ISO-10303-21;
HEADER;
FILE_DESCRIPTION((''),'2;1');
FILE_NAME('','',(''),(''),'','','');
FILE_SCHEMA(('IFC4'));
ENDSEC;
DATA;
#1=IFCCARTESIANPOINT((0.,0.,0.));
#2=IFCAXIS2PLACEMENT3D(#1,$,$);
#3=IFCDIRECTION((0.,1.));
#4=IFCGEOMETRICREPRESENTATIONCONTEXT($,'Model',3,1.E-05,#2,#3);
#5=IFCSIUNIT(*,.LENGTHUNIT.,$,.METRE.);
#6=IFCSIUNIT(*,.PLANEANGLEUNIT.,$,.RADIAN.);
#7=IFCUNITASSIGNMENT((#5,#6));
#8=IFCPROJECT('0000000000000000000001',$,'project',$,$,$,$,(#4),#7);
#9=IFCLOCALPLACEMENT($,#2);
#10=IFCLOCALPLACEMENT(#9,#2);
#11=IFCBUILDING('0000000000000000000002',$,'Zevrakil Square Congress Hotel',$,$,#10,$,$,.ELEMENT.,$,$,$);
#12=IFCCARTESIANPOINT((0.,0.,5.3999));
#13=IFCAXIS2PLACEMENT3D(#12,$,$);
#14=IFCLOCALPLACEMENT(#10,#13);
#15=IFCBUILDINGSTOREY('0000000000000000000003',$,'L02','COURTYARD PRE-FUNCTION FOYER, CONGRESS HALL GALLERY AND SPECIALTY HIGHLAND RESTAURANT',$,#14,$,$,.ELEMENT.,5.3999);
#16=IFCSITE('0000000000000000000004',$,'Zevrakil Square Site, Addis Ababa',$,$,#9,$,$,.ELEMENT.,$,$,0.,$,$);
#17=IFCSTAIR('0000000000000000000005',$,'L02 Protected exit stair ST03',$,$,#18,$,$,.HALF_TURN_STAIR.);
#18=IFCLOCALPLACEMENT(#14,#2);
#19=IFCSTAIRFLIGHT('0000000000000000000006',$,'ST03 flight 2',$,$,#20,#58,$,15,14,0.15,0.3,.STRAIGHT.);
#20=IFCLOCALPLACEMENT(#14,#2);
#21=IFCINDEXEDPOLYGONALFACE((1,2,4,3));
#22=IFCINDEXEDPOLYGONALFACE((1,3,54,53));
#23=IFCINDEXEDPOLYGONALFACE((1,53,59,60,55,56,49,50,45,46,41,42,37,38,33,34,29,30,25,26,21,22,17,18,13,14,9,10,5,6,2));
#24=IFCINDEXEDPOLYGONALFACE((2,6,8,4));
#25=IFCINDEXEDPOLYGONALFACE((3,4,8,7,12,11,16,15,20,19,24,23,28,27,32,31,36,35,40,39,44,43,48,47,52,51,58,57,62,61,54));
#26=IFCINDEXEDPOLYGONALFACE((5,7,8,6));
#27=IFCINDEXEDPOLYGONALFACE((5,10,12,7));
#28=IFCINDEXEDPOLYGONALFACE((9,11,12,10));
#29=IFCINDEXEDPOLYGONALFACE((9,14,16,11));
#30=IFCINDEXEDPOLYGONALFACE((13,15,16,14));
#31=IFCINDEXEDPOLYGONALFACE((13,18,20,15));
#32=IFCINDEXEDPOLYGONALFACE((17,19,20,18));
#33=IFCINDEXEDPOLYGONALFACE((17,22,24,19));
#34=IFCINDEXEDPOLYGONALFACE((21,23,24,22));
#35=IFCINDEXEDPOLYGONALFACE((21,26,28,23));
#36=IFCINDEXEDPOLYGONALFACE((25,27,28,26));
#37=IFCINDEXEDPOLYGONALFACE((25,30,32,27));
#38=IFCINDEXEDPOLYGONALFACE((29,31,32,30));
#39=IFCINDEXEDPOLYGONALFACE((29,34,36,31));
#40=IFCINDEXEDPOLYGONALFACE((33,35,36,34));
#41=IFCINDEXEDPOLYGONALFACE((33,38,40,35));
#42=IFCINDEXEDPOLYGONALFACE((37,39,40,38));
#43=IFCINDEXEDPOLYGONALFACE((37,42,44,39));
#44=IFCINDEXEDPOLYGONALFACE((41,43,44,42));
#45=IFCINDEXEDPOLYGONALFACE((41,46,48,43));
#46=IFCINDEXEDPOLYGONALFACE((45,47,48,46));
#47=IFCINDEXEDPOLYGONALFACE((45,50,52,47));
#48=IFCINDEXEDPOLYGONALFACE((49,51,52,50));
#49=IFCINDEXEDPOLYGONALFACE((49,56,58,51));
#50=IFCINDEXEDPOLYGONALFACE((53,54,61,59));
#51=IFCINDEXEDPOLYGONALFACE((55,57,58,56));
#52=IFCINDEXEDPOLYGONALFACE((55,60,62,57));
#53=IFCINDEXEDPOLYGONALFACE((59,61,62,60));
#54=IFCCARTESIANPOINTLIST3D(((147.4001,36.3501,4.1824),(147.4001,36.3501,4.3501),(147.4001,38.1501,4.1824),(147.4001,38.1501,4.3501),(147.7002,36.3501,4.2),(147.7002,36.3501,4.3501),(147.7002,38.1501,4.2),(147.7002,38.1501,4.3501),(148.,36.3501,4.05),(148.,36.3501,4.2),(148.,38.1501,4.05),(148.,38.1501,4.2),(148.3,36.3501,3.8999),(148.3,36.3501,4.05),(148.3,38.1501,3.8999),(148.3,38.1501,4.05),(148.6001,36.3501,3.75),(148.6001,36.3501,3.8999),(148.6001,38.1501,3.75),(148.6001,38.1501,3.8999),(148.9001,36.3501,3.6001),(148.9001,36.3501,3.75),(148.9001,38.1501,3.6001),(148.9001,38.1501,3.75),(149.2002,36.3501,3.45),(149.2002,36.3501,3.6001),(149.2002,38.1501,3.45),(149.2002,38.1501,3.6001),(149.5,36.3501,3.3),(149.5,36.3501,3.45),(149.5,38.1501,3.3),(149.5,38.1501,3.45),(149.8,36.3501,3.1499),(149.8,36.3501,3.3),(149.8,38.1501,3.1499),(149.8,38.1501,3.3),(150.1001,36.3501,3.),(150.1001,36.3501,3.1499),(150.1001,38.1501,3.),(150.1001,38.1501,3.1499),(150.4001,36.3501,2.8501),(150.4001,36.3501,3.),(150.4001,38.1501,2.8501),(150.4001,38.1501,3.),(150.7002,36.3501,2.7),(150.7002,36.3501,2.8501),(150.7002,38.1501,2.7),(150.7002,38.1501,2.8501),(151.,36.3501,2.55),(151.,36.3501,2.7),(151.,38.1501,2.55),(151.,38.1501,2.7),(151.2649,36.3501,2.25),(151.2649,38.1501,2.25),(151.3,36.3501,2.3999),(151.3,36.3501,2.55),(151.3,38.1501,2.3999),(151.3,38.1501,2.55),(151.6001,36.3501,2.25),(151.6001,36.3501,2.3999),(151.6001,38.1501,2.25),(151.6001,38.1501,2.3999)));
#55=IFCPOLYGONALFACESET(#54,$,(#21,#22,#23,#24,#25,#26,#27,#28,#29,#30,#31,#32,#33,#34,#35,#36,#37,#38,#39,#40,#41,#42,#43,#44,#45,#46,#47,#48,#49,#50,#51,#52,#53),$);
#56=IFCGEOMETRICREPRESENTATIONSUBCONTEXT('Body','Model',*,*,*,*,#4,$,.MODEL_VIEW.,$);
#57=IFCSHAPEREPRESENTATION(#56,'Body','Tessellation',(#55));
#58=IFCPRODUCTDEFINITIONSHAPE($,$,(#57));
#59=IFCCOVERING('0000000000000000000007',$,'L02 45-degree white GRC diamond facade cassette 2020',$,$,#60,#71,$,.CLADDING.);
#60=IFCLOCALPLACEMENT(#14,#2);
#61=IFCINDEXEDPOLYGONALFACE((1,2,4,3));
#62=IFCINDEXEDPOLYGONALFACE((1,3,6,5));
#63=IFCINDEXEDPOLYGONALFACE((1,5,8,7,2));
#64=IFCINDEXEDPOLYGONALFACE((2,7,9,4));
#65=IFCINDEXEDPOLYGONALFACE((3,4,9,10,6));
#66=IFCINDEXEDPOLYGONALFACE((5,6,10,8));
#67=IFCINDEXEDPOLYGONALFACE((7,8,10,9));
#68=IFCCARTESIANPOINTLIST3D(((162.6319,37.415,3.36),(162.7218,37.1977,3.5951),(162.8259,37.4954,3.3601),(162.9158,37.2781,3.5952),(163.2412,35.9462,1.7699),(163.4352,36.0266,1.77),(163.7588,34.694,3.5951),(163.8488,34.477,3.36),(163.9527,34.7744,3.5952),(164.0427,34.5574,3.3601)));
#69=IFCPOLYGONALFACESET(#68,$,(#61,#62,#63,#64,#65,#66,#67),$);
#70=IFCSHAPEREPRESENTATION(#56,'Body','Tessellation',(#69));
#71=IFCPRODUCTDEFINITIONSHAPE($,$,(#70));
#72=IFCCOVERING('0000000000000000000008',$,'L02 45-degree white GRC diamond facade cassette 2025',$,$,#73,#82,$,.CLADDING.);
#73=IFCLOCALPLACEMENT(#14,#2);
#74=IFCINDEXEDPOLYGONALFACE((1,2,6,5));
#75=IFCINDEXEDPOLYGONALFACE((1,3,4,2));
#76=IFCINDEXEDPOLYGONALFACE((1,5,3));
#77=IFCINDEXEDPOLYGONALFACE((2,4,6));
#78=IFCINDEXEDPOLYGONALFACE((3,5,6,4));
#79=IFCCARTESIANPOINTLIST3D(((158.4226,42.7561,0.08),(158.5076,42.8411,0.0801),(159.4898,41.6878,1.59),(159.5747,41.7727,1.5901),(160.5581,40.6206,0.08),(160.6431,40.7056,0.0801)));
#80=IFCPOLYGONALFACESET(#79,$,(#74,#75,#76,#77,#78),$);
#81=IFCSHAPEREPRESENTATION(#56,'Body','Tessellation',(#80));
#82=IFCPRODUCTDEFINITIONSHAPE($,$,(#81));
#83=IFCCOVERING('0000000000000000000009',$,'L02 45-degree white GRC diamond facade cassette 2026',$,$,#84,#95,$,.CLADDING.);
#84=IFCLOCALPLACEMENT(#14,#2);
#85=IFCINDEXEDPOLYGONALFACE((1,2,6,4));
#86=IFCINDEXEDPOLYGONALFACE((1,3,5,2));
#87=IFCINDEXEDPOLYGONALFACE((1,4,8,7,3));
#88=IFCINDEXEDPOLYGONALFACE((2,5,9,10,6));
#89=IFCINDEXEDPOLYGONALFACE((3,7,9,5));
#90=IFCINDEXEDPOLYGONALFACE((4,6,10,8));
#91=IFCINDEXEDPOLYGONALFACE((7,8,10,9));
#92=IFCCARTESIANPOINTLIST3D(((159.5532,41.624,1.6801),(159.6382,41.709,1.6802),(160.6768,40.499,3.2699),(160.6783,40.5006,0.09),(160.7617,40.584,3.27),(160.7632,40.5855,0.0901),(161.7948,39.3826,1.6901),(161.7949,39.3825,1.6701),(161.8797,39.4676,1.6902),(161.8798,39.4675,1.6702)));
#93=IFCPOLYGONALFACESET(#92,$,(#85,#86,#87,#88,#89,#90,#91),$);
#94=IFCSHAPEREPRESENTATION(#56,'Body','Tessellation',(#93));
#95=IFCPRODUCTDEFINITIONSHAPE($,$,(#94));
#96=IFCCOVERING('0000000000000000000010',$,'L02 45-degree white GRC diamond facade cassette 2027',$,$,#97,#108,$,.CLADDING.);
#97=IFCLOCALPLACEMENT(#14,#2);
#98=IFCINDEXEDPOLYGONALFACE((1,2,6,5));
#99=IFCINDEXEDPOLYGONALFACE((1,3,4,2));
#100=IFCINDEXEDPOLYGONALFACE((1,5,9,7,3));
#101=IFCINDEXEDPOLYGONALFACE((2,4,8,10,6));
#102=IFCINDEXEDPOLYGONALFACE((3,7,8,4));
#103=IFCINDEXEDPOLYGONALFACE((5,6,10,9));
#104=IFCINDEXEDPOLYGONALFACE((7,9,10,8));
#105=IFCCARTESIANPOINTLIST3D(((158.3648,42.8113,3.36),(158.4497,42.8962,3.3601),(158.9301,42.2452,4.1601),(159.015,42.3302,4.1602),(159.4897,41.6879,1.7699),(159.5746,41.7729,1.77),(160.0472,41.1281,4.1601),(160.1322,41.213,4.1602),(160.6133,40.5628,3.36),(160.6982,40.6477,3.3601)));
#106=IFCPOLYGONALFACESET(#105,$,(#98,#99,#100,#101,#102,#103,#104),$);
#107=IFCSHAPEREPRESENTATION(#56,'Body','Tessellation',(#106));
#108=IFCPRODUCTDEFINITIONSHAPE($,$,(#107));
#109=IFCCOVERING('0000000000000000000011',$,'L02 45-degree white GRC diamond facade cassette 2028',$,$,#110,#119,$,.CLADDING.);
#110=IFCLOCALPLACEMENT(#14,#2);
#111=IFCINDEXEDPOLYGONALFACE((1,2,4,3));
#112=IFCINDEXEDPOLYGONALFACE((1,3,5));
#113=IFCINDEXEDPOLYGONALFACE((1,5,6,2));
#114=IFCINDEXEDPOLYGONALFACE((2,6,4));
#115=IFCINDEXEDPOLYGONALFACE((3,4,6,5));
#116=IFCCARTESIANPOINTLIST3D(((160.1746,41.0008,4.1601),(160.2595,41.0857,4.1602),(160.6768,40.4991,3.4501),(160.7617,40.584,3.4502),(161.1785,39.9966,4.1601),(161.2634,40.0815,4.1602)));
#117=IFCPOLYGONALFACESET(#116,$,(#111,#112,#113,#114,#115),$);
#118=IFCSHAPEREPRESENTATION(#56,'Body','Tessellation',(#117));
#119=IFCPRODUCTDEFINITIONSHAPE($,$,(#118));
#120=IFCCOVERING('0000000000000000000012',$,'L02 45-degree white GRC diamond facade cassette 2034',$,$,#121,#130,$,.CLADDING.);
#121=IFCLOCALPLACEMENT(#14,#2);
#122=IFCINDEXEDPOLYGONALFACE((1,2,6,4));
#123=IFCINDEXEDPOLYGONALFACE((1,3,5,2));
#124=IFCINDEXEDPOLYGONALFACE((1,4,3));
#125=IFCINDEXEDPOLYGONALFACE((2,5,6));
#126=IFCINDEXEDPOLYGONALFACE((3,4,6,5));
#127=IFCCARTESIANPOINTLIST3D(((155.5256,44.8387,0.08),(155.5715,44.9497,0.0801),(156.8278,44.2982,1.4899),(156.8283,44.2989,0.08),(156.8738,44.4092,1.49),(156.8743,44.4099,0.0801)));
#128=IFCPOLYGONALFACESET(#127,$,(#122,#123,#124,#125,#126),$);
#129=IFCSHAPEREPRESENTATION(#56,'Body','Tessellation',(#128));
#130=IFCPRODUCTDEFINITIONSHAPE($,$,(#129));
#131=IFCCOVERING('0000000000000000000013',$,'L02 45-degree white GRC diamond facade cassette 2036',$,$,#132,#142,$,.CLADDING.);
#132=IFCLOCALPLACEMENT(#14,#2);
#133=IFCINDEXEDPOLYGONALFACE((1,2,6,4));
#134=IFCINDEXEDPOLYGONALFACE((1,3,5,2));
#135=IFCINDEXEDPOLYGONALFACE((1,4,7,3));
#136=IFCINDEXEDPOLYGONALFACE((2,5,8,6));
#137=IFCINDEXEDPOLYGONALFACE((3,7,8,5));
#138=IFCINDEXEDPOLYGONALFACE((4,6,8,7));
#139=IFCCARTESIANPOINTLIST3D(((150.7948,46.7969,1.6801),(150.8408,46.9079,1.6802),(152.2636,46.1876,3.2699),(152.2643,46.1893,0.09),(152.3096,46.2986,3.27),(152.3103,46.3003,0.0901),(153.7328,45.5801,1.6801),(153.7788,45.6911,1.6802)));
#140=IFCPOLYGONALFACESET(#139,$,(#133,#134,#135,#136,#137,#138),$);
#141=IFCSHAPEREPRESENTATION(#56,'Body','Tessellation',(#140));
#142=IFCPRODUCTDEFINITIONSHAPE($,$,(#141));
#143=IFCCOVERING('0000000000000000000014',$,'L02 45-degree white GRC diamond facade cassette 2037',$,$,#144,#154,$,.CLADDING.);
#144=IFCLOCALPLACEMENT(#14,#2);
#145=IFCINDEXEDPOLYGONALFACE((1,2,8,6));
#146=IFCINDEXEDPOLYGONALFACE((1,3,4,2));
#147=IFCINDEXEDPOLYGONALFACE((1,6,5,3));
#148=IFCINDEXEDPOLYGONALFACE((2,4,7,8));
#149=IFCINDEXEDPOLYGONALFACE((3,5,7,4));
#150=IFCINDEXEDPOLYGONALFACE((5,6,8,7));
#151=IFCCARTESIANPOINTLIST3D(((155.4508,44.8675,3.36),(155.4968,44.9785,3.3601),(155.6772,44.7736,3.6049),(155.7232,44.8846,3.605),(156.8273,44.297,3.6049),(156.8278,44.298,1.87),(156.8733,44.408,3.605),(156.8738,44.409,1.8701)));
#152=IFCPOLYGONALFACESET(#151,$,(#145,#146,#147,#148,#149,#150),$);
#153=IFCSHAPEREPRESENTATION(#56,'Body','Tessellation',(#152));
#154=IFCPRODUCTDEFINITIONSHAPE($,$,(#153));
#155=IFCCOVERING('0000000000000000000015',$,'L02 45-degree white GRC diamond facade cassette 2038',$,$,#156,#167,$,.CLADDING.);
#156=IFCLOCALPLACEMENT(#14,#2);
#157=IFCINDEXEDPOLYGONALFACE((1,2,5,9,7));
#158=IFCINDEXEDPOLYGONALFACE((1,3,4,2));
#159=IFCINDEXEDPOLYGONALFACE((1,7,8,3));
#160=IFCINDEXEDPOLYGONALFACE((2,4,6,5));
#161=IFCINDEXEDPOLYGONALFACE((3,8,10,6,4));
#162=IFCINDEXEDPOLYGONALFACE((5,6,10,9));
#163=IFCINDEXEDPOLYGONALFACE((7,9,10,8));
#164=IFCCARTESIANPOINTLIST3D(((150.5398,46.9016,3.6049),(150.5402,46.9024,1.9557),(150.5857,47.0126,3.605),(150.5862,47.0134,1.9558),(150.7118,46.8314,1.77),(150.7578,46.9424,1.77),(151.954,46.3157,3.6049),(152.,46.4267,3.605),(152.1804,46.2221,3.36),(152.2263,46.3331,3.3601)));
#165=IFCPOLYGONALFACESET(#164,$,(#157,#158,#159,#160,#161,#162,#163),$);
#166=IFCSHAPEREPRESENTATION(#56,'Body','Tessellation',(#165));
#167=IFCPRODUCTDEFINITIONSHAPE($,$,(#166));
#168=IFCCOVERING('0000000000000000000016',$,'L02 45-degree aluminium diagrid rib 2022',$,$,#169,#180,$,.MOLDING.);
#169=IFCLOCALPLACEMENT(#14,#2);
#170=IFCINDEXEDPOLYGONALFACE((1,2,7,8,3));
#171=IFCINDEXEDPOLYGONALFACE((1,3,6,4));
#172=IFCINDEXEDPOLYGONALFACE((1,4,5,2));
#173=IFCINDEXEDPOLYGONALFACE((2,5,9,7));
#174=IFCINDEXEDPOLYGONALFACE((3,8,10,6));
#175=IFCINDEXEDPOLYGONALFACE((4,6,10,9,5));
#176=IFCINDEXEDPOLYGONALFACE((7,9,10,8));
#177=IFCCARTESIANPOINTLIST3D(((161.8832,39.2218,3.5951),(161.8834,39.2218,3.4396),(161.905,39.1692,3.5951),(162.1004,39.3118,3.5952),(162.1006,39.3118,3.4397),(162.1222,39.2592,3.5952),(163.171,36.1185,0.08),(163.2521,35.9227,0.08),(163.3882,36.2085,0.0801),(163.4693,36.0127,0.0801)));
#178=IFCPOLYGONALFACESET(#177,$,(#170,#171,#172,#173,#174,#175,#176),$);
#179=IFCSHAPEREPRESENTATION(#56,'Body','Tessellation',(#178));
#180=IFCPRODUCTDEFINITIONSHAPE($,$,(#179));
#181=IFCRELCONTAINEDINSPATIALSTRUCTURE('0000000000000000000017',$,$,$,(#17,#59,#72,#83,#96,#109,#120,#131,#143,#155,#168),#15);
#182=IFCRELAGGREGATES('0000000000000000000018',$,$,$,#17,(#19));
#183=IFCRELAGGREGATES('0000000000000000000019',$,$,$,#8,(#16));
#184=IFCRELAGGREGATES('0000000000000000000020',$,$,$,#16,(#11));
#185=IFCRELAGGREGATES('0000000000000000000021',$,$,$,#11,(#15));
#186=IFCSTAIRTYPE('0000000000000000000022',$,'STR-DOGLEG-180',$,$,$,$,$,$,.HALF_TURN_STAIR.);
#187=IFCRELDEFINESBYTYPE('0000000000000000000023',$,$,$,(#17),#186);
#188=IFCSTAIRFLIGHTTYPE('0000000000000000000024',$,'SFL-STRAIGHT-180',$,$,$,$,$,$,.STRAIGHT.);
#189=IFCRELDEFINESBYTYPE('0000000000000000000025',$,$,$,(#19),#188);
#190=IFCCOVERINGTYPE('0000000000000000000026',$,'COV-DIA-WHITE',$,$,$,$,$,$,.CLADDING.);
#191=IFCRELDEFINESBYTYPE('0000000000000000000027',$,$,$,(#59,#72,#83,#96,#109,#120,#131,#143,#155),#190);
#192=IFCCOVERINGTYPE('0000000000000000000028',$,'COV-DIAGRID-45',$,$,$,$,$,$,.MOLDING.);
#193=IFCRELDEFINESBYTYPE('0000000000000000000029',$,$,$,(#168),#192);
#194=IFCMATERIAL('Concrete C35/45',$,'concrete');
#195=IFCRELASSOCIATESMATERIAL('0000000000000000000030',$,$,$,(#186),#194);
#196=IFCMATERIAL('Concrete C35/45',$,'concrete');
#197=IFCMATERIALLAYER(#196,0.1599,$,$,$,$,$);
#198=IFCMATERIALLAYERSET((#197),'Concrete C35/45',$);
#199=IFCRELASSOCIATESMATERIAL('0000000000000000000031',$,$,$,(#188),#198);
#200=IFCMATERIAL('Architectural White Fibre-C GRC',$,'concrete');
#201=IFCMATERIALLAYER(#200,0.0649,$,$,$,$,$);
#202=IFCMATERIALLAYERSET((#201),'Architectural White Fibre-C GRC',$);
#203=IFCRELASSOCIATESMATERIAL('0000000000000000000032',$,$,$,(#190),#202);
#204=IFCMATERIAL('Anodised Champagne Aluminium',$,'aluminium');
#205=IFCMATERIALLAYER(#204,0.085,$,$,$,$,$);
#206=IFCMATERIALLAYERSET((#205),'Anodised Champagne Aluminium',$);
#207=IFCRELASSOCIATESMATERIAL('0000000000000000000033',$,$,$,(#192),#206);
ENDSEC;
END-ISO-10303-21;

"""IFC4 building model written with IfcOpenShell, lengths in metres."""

from ifc_helpers import new_model, si_unit, direction, frame, origin, place, context, subcontext, project, spatial, polyline, outline, extrude, material, layer, layer_set, type_object, element, aggregate, save


model = new_model("IFC4")

# Units and contexts
model_context = context("Model", 3, precision=1e-05, world=origin(), true_north=direction((0.0, 1.0)))
body_context = subcontext(model_context, "Body", "Model", "MODEL_VIEW")
ifc_project = project(units=[si_unit("LENGTHUNIT", "METRE"), si_unit("PLANEANGLEUNIT", "RADIAN")], contexts=[model_context])

# Site, building, storey
site_placement = place(None, origin())
site = spatial("IfcSite", under=ifc_project, at=site_placement, Name="Zevrakil Square Site, Addis Ababa", CompositionType="ELEMENT", RefElevation=0.0)
building_placement = place(site_placement, origin())
building = spatial("IfcBuilding", under=site, at=building_placement, Name="Zevrakil Square Congress Hotel", CompositionType="ELEMENT")
storey_placement = place(building_placement, frame((0.0, 0.0, 5.3999)))
storey = spatial("IfcBuildingStorey", under=building, at=storey_placement, Name="L02", Description="COURTYARD PRE-FUNCTION FOYER, CONGRESS HALL GALLERY AND SPECIALTY HIGHLAND RESTAURANT", CompositionType="ELEMENT", Elevation=5.3999)

# Stair, stair flight
ifc_material_1 = material(Name="Concrete C35/45", Category="concrete")
stair_type = type_object("IfcStairType", Name="STR-DOGLEG-180", PredefinedType="HALF_TURN_STAIR", material=ifc_material_1)
stair_placement = place(storey_placement, origin())
stair = element("IfcStair", 1, at=stair_placement, inside=storey, type_object=stair_type, Name="L02 Protected exit stair ST03", PredefinedType="HALF_TURN_STAIR")
ifc_material_2 = material(Name="Concrete C35/45", Category="concrete")
ifc_layer_1 = layer(ifc_material_2, 0.1599)
ifc_layer_set_1 = layer_set([ifc_layer_1], Name="Concrete C35/45")
stair_flight_type = type_object("IfcStairFlightType", Name="SFL-STRAIGHT-180", PredefinedType="STRAIGHT", material=ifc_layer_set_1)
stair_flight_placement = place(storey_placement, frame((151.6001, 37.25, 2.25), z_axis=(0.0, 0.0, 1.0), x_axis=(-1.0, 0.0, 0.0)))
stair_flight = element("IfcStairFlight", 2, at=stair_flight_placement, type_object=stair_flight_type, Name="ST03 flight 2", NumberOfRisers=15, NumberOfTreads=14, PredefinedType="STRAIGHT", RiserHeight=0.15, TreadLength=0.3, context=body_context, shape_type="SweptSolid", body=[
    extrude(outline(polyline([(0.0, 0.0), (0.0, 0.1499), (0.3, 0.1499), (0.3, 0.3), (0.6001, 0.3), (0.6001, 0.45), (0.8999, 0.45), (0.8999, 0.6001), (1.2, 0.6001), (1.2, 0.75), (1.5, 0.75), (1.5, 0.8999), (1.8, 0.8999), (1.8, 1.05), (2.1001, 1.05), (2.1001, 1.2), (2.3999, 1.2), (2.3999, 1.3501), (2.7, 1.3501), (2.7, 1.5), (3.0, 1.5), (3.0, 1.6499), (3.3, 1.6499), (3.3, 1.8), (3.6001, 1.8), (3.6001, 1.95), (3.8999, 1.95), (3.8999, 2.1001), (4.2, 2.1001), (4.2, 2.25), (4.2, 1.9324), (0.3352, 0.0), (0.0, 0.0)])), frame((0.0, 0.8999, 0.0), z_axis=(0.0, -1.0, 0.0), x_axis=(1.0, 0.0, 0.0)), (0.0, 0.0, 1.0), 1.8),
])
aggregate(stair, [stair_flight])

# Coverings
ifc_material_3 = material(Name="Architectural White Fibre-C GRC", Category="concrete")
ifc_layer_2 = layer(ifc_material_3, 0.0649)
ifc_layer_set_2 = layer_set([ifc_layer_2], Name="Architectural White Fibre-C GRC")
covering_type_1 = type_object("IfcCoveringType", Name="COV-DIA-WHITE", PredefinedType="CLADDING", material=ifc_layer_set_2)
covering_1_placement = place(storey_placement, frame((162.8259, 37.4954, 3.3601), z_axis=(0.923894, 0.382647, 0.000534), x_axis=(0.270926, -0.653159, -0.707094)))
element("IfcCovering", 3, at=covering_1_placement, inside=storey, type_object=covering_type_1, Name="L02 45-degree white GRC diamond facade cassette 2020", PredefinedType="CLADDING", context=body_context, shape_type="SweptSolid", body=[
    extrude(outline(polyline([(0.0, 0.0), (2.2488, 0.0), (2.2486, -2.2486), (1.9163, -2.2487), (0.0, -0.3325), (0.0, 0.0)])), origin(), (0.0, 0.0, -1.0), 0.21),
])
covering_2_placement = place(storey_placement, frame((159.5747, 41.7727, 1.5901), z_axis=(0.707107, 0.707107, 0.000572), x_axis=(-0.499717, 0.500288, -0.707103)))
element("IfcCovering", 4, at=covering_2_placement, inside=storey, type_object=covering_type_1, Name="L02 45-degree white GRC diamond facade cassette 2025", PredefinedType="CLADDING", context=body_context, shape_type="SweptSolid", body=[
    extrude(outline(polyline([(0.0, 0.0), (2.1355, 0.0), (0.0, -2.1355), (0.0, 0.0)])), origin(), (0.0, 0.0, -1.0), 0.1201),
])
covering_3_placement = place(storey_placement, frame((160.7617, 40.584, 3.27), z_axis=(0.707087, 0.707126, 0.000676), x_axis=(-0.499693, 0.500342, -0.707082)))
element("IfcCovering", 5, at=covering_3_placement, inside=storey, type_object=covering_type_1, Name="L02 45-degree white GRC diamond facade cassette 2026", PredefinedType="CLADDING", context=body_context, shape_type="SweptSolid", body=[
    extrude(outline(polyline([(0.0, 0.0), (2.2485, 0.0), (2.2485, -2.2486), (0.0139, -2.2486), (-0.0002, -2.2343), (0.0, 0.0)])), origin(), (0.0, 0.0, -1.0), 0.1201),
])
covering_4_placement = place(storey_placement, frame((158.4497, 42.8962, 3.3601), z_axis=(0.707107, 0.707107, 0.00068), x_axis=(0.500292, -0.499612, -0.707175)))
element("IfcCovering", 6, at=covering_4_placement, inside=storey, type_object=covering_type_1, Name="L02 45-degree white GRC diamond facade cassette 2027", PredefinedType="CLADDING", context=body_context, shape_type="SweptSolid", body=[
    extrude(outline(polyline([(0.0, 0.0), (2.2485, 0.0), (2.2483, -2.2488), (1.1169, -2.2487), (-0.0002, -1.1314), (0.0, 0.0)])), origin(), (0.0, 0.0, -1.0), 0.1201),
])
covering_5_placement = place(storey_placement, frame((160.7617, 40.584, 3.4502), z_axis=(0.707193, 0.707021, 0.000608), x_axis=(0.499664, -0.500393, 0.707067)))
element("IfcCovering", 7, at=covering_5_placement, inside=storey, type_object=covering_type_1, Name="L02 45-degree white GRC diamond facade cassette 2028", PredefinedType="CLADDING", context=body_context, shape_type="SweptSolid", body=[
    extrude(outline(polyline([(0.0, 0.0), (1.0041, 0.0), (0.0, -1.004), (0.0, 0.0)])), origin(), (0.0, 0.0, -1.0), 0.1201),
])
covering_6_placement = place(storey_placement, frame((155.5715, 44.9497, 0.0801), z_axis=(0.382795, 0.923833, 0.000612), x_axis=(0.923833, -0.382795, 0.0)))
element("IfcCovering", 8, at=covering_6_placement, inside=storey, type_object=covering_type_1, Name="L02 45-degree white GRC diamond facade cassette 2034", PredefinedType="CLADDING", context=body_context, shape_type="SweptSolid", body=[
    extrude(outline(polyline([(0.0, 0.0), (1.4101, 0.0), (1.41, -1.4099), (0.0, 0.0)])), origin(), (0.0, 0.0, -1.0), 0.1201),
])
covering_7_placement = place(storey_placement, frame((152.3096, 46.2986, 3.27), z_axis=(0.382641, 0.923897, 0.000585), x_axis=(-0.653198, 0.270976, -0.70704)))
element("IfcCovering", 9, at=covering_7_placement, inside=storey, type_object=covering_type_1, Name="L02 45-degree white GRC diamond facade cassette 2036", PredefinedType="CLADDING", context=body_context, shape_type="SweptSolid", body=[
    extrude(outline(polyline([(0.0, 0.0), (2.2486, 0.0), (2.2483, -2.2488), (-0.0002, -2.2484), (0.0, 0.0)])), origin(), (0.0, 0.0, -1.0), 0.1201),
])
covering_8_placement = place(storey_placement, frame((155.4968, 44.9785, 3.3601), z_axis=(0.382818, 0.923824, 0.000649), x_axis=(0.653443, -0.27028, -0.707079)))
element("IfcCovering", 10, at=covering_8_placement, inside=storey, type_object=covering_type_1, Name="L02 45-degree white GRC diamond facade cassette 2037", PredefinedType="CLADDING", context=body_context, shape_type="SweptSolid", body=[
    extrude(outline(polyline([(0.0, 0.0), (2.1072, 0.0), (0.8805, -1.2267), (0.0001, -0.3464), (0.0, 0.0)])), origin(), (0.0, 0.0, -1.0), 0.1201),
])
covering_9_placement = place(storey_placement, frame((150.7578, 46.9424, 1.77), z_axis=(0.382723, 0.923863, 0.000553), x_axis=(0.653086, -0.270973, 0.707144)))
element("IfcCovering", 11, at=covering_9_placement, inside=storey, type_object=covering_type_1, Name="L02 45-degree white GRC diamond facade cassette 2038", PredefinedType="CLADDING", context=body_context, shape_type="SweptSolid", body=[
    extrude(outline(polyline([(0.0, 0.0), (2.2486, 0.0), (2.2486, -0.3464), (1.1662, -1.4289), (0.0, -0.2627), (0.0, 0.0)])), origin(), (0.0, 0.0, -1.0), 0.1201),
])
ifc_material_4 = material(Name="Anodised Champagne Aluminium", Category="aluminium")
ifc_layer_3 = layer(ifc_material_4, 0.085)
ifc_layer_set_3 = layer_set([ifc_layer_3], Name="Anodised Champagne Aluminium")
covering_type_2 = type_object("IfcCoveringType", Name="COV-DIAGRID-45", PredefinedType="MOLDING", material=ifc_layer_set_3)
covering_10_placement = place(storey_placement, frame((163.3882, 36.2085, 0.0801), z_axis=(0.923841, 0.382775, 0.00051), x_axis=(0.382775, -0.923841, 0.0)))
element("IfcCovering", 12, at=covering_10_placement, inside=storey, type_object=covering_type_2, Name="L02 45-degree aluminium diagrid rib 2022", PredefinedType="MOLDING", context=body_context, shape_type="SweptSolid", body=[
    extrude(outline(polyline([(0.0, 0.0), (0.2119, 0.0), (-3.303, -3.5151), (-3.3599, -3.5151), (-3.3598, -3.3596), (0.0, 0.0)])), origin(), (0.0, 0.0, -1.0), 0.2351),
])

save(model, "model.ifc")
